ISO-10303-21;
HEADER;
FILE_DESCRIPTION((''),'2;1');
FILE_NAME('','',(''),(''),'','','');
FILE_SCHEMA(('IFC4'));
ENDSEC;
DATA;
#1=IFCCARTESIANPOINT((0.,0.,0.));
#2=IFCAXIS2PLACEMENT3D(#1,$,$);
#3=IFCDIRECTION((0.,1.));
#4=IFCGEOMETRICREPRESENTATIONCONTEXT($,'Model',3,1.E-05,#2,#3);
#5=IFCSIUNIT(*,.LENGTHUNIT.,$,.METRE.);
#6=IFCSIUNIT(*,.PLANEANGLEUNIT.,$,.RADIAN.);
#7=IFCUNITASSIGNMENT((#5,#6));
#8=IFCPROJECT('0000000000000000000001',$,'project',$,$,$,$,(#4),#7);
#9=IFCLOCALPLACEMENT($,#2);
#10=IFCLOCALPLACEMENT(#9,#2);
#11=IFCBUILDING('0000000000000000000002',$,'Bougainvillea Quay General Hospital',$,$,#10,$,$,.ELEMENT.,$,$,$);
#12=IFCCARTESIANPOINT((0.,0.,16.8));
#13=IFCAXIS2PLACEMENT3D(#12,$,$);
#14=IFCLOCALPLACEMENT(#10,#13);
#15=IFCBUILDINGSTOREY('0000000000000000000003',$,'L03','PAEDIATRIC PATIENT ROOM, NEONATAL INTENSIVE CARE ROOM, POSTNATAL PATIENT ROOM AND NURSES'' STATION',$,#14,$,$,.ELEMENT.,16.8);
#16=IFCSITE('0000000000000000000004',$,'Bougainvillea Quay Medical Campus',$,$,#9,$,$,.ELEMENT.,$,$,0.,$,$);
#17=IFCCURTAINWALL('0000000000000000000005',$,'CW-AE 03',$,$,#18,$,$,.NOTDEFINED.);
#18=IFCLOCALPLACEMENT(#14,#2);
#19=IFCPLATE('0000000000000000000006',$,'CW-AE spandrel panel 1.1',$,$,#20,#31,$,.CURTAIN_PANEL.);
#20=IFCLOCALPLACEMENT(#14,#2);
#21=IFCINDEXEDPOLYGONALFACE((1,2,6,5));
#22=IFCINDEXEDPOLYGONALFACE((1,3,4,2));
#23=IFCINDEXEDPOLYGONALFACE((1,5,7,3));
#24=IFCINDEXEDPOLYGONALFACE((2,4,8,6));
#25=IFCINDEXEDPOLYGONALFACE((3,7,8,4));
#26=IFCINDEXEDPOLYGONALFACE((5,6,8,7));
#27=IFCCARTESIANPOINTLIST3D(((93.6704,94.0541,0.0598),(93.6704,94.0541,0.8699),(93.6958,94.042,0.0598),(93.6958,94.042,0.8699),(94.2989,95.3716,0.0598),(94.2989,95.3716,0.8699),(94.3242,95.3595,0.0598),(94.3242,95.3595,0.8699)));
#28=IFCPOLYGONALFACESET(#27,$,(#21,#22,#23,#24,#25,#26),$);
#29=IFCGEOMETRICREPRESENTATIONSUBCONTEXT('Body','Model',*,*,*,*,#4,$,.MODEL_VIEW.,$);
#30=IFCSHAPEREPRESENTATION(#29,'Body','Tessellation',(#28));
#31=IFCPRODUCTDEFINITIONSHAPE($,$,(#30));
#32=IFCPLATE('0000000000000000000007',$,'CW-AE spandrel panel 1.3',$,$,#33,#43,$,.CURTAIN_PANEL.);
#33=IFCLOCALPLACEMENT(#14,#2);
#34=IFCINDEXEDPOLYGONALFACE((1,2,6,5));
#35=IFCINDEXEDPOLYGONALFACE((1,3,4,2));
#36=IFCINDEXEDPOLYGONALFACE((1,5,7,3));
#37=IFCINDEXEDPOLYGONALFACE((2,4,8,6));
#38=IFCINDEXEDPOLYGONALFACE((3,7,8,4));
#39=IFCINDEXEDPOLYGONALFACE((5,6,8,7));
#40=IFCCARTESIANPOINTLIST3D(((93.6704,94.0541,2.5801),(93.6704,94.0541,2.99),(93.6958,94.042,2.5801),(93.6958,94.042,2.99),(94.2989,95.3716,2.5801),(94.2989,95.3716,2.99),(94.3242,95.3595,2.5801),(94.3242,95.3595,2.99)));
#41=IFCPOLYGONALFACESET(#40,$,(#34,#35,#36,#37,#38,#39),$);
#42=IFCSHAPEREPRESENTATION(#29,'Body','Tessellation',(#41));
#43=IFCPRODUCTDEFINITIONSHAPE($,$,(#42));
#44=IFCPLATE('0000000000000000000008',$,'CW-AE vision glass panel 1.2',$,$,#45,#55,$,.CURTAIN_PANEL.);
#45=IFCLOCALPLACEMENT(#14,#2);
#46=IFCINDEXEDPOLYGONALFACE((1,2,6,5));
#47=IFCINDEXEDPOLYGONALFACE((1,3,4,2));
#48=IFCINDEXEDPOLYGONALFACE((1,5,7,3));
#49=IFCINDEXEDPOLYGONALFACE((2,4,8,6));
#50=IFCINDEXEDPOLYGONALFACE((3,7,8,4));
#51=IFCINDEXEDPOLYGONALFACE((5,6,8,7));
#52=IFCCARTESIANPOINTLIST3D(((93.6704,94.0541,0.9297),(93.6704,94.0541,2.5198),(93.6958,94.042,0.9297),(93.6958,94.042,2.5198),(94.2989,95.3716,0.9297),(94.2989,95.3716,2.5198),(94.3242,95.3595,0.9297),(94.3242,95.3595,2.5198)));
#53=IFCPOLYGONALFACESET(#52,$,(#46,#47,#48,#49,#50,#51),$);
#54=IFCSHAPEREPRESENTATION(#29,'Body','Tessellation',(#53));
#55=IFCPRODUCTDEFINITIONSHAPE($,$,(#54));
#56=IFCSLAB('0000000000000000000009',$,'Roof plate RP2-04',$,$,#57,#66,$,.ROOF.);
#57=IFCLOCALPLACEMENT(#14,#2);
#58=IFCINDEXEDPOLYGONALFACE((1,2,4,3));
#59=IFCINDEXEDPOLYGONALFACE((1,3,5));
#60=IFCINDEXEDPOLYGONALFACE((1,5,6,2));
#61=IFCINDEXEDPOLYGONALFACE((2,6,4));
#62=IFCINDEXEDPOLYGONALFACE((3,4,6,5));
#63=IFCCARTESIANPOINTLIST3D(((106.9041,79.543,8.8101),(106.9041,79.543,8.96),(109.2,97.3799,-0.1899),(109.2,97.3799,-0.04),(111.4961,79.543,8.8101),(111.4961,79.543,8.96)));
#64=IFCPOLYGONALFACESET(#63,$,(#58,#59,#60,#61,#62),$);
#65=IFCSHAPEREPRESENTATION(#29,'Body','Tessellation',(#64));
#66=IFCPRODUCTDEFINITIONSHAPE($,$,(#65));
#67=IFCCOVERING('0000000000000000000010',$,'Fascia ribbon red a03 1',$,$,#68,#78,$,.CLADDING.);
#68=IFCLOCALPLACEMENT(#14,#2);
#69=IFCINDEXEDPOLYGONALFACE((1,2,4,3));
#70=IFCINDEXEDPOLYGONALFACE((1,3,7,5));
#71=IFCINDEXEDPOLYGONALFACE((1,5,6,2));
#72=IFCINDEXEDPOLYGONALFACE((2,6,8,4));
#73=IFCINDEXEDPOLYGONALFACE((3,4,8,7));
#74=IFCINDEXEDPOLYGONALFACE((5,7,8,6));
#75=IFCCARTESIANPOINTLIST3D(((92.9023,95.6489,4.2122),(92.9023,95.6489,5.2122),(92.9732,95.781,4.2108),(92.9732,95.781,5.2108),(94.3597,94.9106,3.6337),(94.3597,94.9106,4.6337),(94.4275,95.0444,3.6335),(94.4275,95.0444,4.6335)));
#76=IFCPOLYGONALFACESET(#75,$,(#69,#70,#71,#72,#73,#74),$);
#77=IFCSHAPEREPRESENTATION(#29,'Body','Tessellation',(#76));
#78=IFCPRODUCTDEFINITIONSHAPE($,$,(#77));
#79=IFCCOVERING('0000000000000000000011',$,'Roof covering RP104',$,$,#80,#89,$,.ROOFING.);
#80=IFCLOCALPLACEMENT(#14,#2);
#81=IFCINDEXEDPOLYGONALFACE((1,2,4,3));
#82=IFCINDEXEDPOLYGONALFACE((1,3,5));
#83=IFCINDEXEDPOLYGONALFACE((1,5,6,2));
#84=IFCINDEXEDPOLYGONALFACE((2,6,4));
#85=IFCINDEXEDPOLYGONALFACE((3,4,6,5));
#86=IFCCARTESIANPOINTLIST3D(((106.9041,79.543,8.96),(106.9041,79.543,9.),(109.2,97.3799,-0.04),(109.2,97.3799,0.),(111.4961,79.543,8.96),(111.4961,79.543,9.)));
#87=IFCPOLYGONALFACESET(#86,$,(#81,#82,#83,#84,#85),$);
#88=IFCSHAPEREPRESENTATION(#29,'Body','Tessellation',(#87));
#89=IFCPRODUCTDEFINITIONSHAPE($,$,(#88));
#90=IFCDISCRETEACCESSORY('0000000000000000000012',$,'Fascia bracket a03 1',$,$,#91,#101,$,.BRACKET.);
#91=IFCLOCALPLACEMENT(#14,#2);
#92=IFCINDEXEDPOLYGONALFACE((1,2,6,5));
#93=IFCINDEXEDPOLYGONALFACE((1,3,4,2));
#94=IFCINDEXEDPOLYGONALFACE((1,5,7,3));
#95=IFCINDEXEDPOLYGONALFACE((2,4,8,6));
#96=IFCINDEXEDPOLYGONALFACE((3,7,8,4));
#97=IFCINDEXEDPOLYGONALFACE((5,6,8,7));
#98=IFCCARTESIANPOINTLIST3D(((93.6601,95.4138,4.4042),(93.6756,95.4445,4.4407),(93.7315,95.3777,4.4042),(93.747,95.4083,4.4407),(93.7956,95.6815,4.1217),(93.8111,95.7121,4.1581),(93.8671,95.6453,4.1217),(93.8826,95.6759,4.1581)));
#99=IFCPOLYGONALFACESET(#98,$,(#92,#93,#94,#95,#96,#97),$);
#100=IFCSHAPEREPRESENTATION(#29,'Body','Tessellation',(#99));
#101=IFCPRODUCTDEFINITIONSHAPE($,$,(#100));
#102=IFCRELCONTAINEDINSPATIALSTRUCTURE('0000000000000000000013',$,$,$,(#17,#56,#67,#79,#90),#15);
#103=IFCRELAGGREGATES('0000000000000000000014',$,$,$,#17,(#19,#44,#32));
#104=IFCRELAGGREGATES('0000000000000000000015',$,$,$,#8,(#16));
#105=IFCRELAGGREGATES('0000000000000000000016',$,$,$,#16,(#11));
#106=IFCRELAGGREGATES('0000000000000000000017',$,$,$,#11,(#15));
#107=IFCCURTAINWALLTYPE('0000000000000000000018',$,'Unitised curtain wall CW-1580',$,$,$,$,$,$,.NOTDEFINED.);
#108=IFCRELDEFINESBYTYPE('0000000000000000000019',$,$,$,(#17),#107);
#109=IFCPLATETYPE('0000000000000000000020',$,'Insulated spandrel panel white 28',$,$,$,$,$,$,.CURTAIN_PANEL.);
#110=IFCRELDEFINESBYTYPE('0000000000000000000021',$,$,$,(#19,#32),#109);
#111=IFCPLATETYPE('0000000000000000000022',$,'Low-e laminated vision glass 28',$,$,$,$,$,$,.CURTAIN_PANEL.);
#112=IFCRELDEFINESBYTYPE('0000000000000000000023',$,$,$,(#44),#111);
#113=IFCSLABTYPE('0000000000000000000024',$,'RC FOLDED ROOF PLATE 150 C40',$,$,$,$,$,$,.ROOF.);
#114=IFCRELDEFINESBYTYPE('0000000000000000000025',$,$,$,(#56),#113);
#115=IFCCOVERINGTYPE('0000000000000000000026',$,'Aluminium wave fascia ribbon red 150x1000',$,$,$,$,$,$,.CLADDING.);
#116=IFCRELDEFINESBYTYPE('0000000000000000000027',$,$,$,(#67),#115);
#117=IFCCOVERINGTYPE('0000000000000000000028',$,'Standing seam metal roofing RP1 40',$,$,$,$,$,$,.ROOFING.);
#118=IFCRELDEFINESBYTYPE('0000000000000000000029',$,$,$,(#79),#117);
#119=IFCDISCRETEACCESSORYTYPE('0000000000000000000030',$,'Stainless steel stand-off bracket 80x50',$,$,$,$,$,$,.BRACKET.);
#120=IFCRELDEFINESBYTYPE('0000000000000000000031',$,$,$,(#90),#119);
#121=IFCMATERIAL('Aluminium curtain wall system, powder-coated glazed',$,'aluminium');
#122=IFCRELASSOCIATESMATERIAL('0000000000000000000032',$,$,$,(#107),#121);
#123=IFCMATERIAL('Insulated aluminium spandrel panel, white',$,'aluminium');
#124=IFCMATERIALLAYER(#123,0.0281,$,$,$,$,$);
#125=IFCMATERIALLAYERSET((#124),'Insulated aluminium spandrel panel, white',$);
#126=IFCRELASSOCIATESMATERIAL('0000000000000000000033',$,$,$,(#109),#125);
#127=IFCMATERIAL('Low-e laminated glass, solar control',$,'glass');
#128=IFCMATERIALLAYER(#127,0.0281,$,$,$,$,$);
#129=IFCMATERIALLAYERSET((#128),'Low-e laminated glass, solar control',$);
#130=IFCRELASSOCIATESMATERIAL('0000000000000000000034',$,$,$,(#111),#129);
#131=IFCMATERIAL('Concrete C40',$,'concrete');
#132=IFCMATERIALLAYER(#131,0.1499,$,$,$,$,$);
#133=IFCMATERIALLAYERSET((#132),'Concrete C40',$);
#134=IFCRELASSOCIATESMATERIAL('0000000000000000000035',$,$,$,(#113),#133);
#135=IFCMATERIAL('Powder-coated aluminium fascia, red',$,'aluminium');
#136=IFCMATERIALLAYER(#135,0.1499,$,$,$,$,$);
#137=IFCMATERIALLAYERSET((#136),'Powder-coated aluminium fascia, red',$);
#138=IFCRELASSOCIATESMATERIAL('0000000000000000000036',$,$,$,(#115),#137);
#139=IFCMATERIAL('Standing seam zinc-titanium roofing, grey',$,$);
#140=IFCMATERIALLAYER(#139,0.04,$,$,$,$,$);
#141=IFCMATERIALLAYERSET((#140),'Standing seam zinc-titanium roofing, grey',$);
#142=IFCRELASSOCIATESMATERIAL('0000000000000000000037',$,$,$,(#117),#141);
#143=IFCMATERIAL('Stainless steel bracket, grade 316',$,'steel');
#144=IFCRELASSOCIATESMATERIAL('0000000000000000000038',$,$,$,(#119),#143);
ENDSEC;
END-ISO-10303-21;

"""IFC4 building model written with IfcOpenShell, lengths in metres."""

from ifc_helpers import new_model, si_unit, direction, frame, origin, origin_2d, place, context, subcontext, project, spatial, polyline, rectangle, outline, extrude, material, layer, layer_set, material_profile, profile_set, type_object, element, aggregate, save


model = new_model("IFC4")

# Units and contexts
model_context = context("Model", 3, precision=1e-05, world=origin(), true_north=direction((0.0, 1.0)))
body_context = subcontext(model_context, "Body", "Model", "MODEL_VIEW")
ifc_project = project(units=[si_unit("LENGTHUNIT", "METRE"), si_unit("PLANEANGLEUNIT", "RADIAN")], contexts=[model_context])

# Site, building, storey
site_placement = place(None, origin())
site = spatial("IfcSite", under=ifc_project, at=site_placement, Name="Bougainvillea Quay Medical Campus", CompositionType="ELEMENT", RefElevation=0.0)
building_placement = place(site_placement, origin())
building = spatial("IfcBuilding", under=site, at=building_placement, Name="Bougainvillea Quay General Hospital", CompositionType="ELEMENT")
storey_placement = place(building_placement, frame((0.0, 0.0, 16.8)))
storey = spatial("IfcBuildingStorey", under=building, at=storey_placement, Name="L03", Description="PAEDIATRIC PATIENT ROOM, NEONATAL INTENSIVE CARE ROOM, POSTNATAL PATIENT ROOM AND NURSES' STATION", CompositionType="ELEMENT", Elevation=16.8)

# Shared definitions
ifc_material_1 = material(Name="Concrete C40", Category="concrete")

# Curtain wall
ifc_material_2 = material(Name="Aluminium curtain wall system, powder-coated glazed", Category="aluminium")
curtain_wall_type_1 = type_object("IfcCurtainWallType", Name="Unitised curtain wall CW-1580", PredefinedType="NOTDEFINED", material=ifc_material_2)
curtain_wall_1_placement = place(storey_placement, origin())
curtain_wall_1 = element("IfcCurtainWall", 1, at=curtain_wall_1_placement, inside=storey, type_object=curtain_wall_type_1, Name="CW-AE 03", PredefinedType="NOTDEFINED")

# Plates
ifc_material_3 = material(Name="Insulated aluminium spandrel panel, white", Category="aluminium")
ifc_layer_1 = layer(ifc_material_3, 0.0281)
ifc_layer_set_1 = layer_set([ifc_layer_1], Name="Insulated aluminium spandrel panel, white")
plate_type_1 = type_object("IfcPlateType", Name="Insulated spandrel panel white 28", PredefinedType="CURTAIN_PANEL", material=ifc_layer_set_1)
plate_1_placement = place(storey_placement, frame((93.9973, 94.7068, 0.0598), z_axis=(0.0, 0.0, 1.0), x_axis=(0.430525, 0.902578, 0.0)))
plate_1 = element("IfcPlate", 2, at=plate_1_placement, type_object=plate_type_1, Name="CW-AE spandrel panel 1.1", PredefinedType="CURTAIN_PANEL", context=body_context, shape_type="SweptSolid", body=[
    extrude(rectangle(XDim=1.4597, YDim=0.0281, at=origin_2d()), origin(), (0.0, 0.0, 1.0), 0.8101),
])
plate_2_placement = place(storey_placement, frame((93.9973, 94.7068, 2.5801), z_axis=(0.0, 0.0, 1.0), x_axis=(0.430525, 0.902578, 0.0)))
plate_2 = element("IfcPlate", 3, at=plate_2_placement, type_object=plate_type_1, Name="CW-AE spandrel panel 1.3", PredefinedType="CURTAIN_PANEL", context=body_context, shape_type="SweptSolid", body=[
    extrude(rectangle(XDim=1.4597, YDim=0.0281, at=origin_2d()), origin(), (0.0, 0.0, 1.0), 0.4099),
])
ifc_material_4 = material(Name="Low-e laminated glass, solar control", Category="glass")
ifc_layer_2 = layer(ifc_material_4, 0.0281)
ifc_layer_set_2 = layer_set([ifc_layer_2], Name="Low-e laminated glass, solar control")
plate_type_2 = type_object("IfcPlateType", Name="Low-e laminated vision glass 28", PredefinedType="CURTAIN_PANEL", material=ifc_layer_set_2)
plate_3_placement = place(storey_placement, frame((93.9973, 94.7068, 0.9297), z_axis=(0.0, 0.0, 1.0), x_axis=(0.430525, 0.902578, 0.0)))
plate_3 = element("IfcPlate", 4, at=plate_3_placement, type_object=plate_type_2, Name="CW-AE vision glass panel 1.2", PredefinedType="CURTAIN_PANEL", context=body_context, shape_type="SweptSolid", body=[
    extrude(rectangle(XDim=1.4597, YDim=0.0281, at=origin_2d()), origin(), (0.0, 0.0, 1.0), 1.5901),
])
aggregate(curtain_wall_1, [plate_1, plate_3, plate_2])

# Slab
ifc_layer_3 = layer(ifc_material_1, 0.1499)
ifc_layer_set_3 = layer_set([ifc_layer_3], Name="Concrete C40")
slab_type = type_object("IfcSlabType", Name="RC FOLDED ROOF PLATE 150 C40", PredefinedType="ROOF", material=ifc_layer_set_3)
slab_placement = place(storey_placement, frame((109.2, 97.3799, -0.04), z_axis=(0.0, 0.450476, 0.892789), x_axis=(0.114177, -0.88695, 0.44753)))
element("IfcSlab", 5, at=slab_placement, inside=storey, type_object=slab_type, Name="Roof plate RP2-04", PredefinedType="ROOF", context=body_context, shape_type="SweptSolid", body=[
    extrude(outline(polyline([(0.0, 0.0), (20.1104, 0.0), (19.5861, -4.562), (0.0, 0.0)])), origin(), (-0.44753, 0.051434, -0.892789), 0.1499),
])

# Coverings
ifc_material_5 = material(Name="Powder-coated aluminium fascia, red", Category="aluminium")
ifc_layer_4 = layer(ifc_material_5, 0.1499)
ifc_layer_set_4 = layer_set([ifc_layer_4], Name="Powder-coated aluminium fascia, red")
covering_type_1 = type_object("IfcCoveringType", Name="Aluminium wave fascia ribbon red 150x1000", PredefinedType="CLADDING", material=ifc_layer_set_4)
covering_1_placement = place(storey_placement, frame((94.4275, 95.0444, 3.6335), z_axis=(0.298063, -0.15027, 0.942644), x_axis=(-0.840941, 0.425906, 0.333799)))
element("IfcCovering", 6, at=covering_1_placement, inside=storey, type_object=covering_type_1, Name="Fascia ribbon red a03 1", PredefinedType="CLADDING", context=body_context, shape_type="SweptSolid", body=[
    extrude(outline(polyline([(0.0, 0.0), (1.7294, 0.0), (1.7332, 0.1498), (0.0001, 0.15), (0.0, 0.0)])), origin(), (0.333799, 0.000579, 0.942644), 1.0),
])
ifc_material_6 = material(Name="Standing seam zinc-titanium roofing, grey")
ifc_layer_5 = layer(ifc_material_6, 0.04)
ifc_layer_set_5 = layer_set([ifc_layer_5], Name="Standing seam zinc-titanium roofing, grey")
covering_type_2 = type_object("IfcCoveringType", Name="Standing seam metal roofing RP1 40", PredefinedType="ROOFING", material=ifc_layer_set_5)
covering_2_placement = place(storey_placement, frame((109.2, 97.3799, 0.0), z_axis=(0.0, 0.450476, 0.892789), x_axis=(0.114177, -0.88695, 0.44753)))
element("IfcCovering", 7, at=covering_2_placement, inside=storey, type_object=covering_type_2, Name="Roof covering RP104", PredefinedType="ROOFING", context=body_context, shape_type="SweptSolid", body=[
    extrude(outline(polyline([(0.0, 0.0), (20.1104, 0.0), (19.5861, -4.562), (0.0, 0.0)])), origin(), (-0.44753, 0.051434, -0.892789), 0.04),
])

# Discrete accessory
ifc_material_7 = material(Name="Stainless steel bracket, grade 316", Category="steel")
ifc_material_profile_1 = material_profile(ifc_material_7, rectangle(XDim=0.0801, YDim=0.05, at=origin_2d()))
ifc_profile_set_1 = profile_set([ifc_material_profile_1], Name="Stainless steel bracket, grade 316")
discrete_accessory_type = type_object("IfcDiscreteAccessoryType", Name="Stainless steel stand-off bracket 80x50", PredefinedType="BRACKET", material=ifc_profile_set_1)
discrete_accessory_placement = place(storey_placement, frame((93.8391, 95.6787, 4.1399), z_axis=(-0.328875, -0.649455, 0.685601), x_axis=(0.892136, -0.451766, 0.0)))
element("IfcDiscreteAccessory", 8, at=discrete_accessory_placement, inside=storey, type_object=discrete_accessory_type, Name="Fascia bracket a03 1", PredefinedType="BRACKET", context=body_context, shape_type="SweptSolid", body=[
    extrude(rectangle(XDim=0.0801, YDim=0.05, at=origin_2d()), origin(), (0.0, 0.0, 1.0), 0.4121),
])

save(model, "model.ifc")
